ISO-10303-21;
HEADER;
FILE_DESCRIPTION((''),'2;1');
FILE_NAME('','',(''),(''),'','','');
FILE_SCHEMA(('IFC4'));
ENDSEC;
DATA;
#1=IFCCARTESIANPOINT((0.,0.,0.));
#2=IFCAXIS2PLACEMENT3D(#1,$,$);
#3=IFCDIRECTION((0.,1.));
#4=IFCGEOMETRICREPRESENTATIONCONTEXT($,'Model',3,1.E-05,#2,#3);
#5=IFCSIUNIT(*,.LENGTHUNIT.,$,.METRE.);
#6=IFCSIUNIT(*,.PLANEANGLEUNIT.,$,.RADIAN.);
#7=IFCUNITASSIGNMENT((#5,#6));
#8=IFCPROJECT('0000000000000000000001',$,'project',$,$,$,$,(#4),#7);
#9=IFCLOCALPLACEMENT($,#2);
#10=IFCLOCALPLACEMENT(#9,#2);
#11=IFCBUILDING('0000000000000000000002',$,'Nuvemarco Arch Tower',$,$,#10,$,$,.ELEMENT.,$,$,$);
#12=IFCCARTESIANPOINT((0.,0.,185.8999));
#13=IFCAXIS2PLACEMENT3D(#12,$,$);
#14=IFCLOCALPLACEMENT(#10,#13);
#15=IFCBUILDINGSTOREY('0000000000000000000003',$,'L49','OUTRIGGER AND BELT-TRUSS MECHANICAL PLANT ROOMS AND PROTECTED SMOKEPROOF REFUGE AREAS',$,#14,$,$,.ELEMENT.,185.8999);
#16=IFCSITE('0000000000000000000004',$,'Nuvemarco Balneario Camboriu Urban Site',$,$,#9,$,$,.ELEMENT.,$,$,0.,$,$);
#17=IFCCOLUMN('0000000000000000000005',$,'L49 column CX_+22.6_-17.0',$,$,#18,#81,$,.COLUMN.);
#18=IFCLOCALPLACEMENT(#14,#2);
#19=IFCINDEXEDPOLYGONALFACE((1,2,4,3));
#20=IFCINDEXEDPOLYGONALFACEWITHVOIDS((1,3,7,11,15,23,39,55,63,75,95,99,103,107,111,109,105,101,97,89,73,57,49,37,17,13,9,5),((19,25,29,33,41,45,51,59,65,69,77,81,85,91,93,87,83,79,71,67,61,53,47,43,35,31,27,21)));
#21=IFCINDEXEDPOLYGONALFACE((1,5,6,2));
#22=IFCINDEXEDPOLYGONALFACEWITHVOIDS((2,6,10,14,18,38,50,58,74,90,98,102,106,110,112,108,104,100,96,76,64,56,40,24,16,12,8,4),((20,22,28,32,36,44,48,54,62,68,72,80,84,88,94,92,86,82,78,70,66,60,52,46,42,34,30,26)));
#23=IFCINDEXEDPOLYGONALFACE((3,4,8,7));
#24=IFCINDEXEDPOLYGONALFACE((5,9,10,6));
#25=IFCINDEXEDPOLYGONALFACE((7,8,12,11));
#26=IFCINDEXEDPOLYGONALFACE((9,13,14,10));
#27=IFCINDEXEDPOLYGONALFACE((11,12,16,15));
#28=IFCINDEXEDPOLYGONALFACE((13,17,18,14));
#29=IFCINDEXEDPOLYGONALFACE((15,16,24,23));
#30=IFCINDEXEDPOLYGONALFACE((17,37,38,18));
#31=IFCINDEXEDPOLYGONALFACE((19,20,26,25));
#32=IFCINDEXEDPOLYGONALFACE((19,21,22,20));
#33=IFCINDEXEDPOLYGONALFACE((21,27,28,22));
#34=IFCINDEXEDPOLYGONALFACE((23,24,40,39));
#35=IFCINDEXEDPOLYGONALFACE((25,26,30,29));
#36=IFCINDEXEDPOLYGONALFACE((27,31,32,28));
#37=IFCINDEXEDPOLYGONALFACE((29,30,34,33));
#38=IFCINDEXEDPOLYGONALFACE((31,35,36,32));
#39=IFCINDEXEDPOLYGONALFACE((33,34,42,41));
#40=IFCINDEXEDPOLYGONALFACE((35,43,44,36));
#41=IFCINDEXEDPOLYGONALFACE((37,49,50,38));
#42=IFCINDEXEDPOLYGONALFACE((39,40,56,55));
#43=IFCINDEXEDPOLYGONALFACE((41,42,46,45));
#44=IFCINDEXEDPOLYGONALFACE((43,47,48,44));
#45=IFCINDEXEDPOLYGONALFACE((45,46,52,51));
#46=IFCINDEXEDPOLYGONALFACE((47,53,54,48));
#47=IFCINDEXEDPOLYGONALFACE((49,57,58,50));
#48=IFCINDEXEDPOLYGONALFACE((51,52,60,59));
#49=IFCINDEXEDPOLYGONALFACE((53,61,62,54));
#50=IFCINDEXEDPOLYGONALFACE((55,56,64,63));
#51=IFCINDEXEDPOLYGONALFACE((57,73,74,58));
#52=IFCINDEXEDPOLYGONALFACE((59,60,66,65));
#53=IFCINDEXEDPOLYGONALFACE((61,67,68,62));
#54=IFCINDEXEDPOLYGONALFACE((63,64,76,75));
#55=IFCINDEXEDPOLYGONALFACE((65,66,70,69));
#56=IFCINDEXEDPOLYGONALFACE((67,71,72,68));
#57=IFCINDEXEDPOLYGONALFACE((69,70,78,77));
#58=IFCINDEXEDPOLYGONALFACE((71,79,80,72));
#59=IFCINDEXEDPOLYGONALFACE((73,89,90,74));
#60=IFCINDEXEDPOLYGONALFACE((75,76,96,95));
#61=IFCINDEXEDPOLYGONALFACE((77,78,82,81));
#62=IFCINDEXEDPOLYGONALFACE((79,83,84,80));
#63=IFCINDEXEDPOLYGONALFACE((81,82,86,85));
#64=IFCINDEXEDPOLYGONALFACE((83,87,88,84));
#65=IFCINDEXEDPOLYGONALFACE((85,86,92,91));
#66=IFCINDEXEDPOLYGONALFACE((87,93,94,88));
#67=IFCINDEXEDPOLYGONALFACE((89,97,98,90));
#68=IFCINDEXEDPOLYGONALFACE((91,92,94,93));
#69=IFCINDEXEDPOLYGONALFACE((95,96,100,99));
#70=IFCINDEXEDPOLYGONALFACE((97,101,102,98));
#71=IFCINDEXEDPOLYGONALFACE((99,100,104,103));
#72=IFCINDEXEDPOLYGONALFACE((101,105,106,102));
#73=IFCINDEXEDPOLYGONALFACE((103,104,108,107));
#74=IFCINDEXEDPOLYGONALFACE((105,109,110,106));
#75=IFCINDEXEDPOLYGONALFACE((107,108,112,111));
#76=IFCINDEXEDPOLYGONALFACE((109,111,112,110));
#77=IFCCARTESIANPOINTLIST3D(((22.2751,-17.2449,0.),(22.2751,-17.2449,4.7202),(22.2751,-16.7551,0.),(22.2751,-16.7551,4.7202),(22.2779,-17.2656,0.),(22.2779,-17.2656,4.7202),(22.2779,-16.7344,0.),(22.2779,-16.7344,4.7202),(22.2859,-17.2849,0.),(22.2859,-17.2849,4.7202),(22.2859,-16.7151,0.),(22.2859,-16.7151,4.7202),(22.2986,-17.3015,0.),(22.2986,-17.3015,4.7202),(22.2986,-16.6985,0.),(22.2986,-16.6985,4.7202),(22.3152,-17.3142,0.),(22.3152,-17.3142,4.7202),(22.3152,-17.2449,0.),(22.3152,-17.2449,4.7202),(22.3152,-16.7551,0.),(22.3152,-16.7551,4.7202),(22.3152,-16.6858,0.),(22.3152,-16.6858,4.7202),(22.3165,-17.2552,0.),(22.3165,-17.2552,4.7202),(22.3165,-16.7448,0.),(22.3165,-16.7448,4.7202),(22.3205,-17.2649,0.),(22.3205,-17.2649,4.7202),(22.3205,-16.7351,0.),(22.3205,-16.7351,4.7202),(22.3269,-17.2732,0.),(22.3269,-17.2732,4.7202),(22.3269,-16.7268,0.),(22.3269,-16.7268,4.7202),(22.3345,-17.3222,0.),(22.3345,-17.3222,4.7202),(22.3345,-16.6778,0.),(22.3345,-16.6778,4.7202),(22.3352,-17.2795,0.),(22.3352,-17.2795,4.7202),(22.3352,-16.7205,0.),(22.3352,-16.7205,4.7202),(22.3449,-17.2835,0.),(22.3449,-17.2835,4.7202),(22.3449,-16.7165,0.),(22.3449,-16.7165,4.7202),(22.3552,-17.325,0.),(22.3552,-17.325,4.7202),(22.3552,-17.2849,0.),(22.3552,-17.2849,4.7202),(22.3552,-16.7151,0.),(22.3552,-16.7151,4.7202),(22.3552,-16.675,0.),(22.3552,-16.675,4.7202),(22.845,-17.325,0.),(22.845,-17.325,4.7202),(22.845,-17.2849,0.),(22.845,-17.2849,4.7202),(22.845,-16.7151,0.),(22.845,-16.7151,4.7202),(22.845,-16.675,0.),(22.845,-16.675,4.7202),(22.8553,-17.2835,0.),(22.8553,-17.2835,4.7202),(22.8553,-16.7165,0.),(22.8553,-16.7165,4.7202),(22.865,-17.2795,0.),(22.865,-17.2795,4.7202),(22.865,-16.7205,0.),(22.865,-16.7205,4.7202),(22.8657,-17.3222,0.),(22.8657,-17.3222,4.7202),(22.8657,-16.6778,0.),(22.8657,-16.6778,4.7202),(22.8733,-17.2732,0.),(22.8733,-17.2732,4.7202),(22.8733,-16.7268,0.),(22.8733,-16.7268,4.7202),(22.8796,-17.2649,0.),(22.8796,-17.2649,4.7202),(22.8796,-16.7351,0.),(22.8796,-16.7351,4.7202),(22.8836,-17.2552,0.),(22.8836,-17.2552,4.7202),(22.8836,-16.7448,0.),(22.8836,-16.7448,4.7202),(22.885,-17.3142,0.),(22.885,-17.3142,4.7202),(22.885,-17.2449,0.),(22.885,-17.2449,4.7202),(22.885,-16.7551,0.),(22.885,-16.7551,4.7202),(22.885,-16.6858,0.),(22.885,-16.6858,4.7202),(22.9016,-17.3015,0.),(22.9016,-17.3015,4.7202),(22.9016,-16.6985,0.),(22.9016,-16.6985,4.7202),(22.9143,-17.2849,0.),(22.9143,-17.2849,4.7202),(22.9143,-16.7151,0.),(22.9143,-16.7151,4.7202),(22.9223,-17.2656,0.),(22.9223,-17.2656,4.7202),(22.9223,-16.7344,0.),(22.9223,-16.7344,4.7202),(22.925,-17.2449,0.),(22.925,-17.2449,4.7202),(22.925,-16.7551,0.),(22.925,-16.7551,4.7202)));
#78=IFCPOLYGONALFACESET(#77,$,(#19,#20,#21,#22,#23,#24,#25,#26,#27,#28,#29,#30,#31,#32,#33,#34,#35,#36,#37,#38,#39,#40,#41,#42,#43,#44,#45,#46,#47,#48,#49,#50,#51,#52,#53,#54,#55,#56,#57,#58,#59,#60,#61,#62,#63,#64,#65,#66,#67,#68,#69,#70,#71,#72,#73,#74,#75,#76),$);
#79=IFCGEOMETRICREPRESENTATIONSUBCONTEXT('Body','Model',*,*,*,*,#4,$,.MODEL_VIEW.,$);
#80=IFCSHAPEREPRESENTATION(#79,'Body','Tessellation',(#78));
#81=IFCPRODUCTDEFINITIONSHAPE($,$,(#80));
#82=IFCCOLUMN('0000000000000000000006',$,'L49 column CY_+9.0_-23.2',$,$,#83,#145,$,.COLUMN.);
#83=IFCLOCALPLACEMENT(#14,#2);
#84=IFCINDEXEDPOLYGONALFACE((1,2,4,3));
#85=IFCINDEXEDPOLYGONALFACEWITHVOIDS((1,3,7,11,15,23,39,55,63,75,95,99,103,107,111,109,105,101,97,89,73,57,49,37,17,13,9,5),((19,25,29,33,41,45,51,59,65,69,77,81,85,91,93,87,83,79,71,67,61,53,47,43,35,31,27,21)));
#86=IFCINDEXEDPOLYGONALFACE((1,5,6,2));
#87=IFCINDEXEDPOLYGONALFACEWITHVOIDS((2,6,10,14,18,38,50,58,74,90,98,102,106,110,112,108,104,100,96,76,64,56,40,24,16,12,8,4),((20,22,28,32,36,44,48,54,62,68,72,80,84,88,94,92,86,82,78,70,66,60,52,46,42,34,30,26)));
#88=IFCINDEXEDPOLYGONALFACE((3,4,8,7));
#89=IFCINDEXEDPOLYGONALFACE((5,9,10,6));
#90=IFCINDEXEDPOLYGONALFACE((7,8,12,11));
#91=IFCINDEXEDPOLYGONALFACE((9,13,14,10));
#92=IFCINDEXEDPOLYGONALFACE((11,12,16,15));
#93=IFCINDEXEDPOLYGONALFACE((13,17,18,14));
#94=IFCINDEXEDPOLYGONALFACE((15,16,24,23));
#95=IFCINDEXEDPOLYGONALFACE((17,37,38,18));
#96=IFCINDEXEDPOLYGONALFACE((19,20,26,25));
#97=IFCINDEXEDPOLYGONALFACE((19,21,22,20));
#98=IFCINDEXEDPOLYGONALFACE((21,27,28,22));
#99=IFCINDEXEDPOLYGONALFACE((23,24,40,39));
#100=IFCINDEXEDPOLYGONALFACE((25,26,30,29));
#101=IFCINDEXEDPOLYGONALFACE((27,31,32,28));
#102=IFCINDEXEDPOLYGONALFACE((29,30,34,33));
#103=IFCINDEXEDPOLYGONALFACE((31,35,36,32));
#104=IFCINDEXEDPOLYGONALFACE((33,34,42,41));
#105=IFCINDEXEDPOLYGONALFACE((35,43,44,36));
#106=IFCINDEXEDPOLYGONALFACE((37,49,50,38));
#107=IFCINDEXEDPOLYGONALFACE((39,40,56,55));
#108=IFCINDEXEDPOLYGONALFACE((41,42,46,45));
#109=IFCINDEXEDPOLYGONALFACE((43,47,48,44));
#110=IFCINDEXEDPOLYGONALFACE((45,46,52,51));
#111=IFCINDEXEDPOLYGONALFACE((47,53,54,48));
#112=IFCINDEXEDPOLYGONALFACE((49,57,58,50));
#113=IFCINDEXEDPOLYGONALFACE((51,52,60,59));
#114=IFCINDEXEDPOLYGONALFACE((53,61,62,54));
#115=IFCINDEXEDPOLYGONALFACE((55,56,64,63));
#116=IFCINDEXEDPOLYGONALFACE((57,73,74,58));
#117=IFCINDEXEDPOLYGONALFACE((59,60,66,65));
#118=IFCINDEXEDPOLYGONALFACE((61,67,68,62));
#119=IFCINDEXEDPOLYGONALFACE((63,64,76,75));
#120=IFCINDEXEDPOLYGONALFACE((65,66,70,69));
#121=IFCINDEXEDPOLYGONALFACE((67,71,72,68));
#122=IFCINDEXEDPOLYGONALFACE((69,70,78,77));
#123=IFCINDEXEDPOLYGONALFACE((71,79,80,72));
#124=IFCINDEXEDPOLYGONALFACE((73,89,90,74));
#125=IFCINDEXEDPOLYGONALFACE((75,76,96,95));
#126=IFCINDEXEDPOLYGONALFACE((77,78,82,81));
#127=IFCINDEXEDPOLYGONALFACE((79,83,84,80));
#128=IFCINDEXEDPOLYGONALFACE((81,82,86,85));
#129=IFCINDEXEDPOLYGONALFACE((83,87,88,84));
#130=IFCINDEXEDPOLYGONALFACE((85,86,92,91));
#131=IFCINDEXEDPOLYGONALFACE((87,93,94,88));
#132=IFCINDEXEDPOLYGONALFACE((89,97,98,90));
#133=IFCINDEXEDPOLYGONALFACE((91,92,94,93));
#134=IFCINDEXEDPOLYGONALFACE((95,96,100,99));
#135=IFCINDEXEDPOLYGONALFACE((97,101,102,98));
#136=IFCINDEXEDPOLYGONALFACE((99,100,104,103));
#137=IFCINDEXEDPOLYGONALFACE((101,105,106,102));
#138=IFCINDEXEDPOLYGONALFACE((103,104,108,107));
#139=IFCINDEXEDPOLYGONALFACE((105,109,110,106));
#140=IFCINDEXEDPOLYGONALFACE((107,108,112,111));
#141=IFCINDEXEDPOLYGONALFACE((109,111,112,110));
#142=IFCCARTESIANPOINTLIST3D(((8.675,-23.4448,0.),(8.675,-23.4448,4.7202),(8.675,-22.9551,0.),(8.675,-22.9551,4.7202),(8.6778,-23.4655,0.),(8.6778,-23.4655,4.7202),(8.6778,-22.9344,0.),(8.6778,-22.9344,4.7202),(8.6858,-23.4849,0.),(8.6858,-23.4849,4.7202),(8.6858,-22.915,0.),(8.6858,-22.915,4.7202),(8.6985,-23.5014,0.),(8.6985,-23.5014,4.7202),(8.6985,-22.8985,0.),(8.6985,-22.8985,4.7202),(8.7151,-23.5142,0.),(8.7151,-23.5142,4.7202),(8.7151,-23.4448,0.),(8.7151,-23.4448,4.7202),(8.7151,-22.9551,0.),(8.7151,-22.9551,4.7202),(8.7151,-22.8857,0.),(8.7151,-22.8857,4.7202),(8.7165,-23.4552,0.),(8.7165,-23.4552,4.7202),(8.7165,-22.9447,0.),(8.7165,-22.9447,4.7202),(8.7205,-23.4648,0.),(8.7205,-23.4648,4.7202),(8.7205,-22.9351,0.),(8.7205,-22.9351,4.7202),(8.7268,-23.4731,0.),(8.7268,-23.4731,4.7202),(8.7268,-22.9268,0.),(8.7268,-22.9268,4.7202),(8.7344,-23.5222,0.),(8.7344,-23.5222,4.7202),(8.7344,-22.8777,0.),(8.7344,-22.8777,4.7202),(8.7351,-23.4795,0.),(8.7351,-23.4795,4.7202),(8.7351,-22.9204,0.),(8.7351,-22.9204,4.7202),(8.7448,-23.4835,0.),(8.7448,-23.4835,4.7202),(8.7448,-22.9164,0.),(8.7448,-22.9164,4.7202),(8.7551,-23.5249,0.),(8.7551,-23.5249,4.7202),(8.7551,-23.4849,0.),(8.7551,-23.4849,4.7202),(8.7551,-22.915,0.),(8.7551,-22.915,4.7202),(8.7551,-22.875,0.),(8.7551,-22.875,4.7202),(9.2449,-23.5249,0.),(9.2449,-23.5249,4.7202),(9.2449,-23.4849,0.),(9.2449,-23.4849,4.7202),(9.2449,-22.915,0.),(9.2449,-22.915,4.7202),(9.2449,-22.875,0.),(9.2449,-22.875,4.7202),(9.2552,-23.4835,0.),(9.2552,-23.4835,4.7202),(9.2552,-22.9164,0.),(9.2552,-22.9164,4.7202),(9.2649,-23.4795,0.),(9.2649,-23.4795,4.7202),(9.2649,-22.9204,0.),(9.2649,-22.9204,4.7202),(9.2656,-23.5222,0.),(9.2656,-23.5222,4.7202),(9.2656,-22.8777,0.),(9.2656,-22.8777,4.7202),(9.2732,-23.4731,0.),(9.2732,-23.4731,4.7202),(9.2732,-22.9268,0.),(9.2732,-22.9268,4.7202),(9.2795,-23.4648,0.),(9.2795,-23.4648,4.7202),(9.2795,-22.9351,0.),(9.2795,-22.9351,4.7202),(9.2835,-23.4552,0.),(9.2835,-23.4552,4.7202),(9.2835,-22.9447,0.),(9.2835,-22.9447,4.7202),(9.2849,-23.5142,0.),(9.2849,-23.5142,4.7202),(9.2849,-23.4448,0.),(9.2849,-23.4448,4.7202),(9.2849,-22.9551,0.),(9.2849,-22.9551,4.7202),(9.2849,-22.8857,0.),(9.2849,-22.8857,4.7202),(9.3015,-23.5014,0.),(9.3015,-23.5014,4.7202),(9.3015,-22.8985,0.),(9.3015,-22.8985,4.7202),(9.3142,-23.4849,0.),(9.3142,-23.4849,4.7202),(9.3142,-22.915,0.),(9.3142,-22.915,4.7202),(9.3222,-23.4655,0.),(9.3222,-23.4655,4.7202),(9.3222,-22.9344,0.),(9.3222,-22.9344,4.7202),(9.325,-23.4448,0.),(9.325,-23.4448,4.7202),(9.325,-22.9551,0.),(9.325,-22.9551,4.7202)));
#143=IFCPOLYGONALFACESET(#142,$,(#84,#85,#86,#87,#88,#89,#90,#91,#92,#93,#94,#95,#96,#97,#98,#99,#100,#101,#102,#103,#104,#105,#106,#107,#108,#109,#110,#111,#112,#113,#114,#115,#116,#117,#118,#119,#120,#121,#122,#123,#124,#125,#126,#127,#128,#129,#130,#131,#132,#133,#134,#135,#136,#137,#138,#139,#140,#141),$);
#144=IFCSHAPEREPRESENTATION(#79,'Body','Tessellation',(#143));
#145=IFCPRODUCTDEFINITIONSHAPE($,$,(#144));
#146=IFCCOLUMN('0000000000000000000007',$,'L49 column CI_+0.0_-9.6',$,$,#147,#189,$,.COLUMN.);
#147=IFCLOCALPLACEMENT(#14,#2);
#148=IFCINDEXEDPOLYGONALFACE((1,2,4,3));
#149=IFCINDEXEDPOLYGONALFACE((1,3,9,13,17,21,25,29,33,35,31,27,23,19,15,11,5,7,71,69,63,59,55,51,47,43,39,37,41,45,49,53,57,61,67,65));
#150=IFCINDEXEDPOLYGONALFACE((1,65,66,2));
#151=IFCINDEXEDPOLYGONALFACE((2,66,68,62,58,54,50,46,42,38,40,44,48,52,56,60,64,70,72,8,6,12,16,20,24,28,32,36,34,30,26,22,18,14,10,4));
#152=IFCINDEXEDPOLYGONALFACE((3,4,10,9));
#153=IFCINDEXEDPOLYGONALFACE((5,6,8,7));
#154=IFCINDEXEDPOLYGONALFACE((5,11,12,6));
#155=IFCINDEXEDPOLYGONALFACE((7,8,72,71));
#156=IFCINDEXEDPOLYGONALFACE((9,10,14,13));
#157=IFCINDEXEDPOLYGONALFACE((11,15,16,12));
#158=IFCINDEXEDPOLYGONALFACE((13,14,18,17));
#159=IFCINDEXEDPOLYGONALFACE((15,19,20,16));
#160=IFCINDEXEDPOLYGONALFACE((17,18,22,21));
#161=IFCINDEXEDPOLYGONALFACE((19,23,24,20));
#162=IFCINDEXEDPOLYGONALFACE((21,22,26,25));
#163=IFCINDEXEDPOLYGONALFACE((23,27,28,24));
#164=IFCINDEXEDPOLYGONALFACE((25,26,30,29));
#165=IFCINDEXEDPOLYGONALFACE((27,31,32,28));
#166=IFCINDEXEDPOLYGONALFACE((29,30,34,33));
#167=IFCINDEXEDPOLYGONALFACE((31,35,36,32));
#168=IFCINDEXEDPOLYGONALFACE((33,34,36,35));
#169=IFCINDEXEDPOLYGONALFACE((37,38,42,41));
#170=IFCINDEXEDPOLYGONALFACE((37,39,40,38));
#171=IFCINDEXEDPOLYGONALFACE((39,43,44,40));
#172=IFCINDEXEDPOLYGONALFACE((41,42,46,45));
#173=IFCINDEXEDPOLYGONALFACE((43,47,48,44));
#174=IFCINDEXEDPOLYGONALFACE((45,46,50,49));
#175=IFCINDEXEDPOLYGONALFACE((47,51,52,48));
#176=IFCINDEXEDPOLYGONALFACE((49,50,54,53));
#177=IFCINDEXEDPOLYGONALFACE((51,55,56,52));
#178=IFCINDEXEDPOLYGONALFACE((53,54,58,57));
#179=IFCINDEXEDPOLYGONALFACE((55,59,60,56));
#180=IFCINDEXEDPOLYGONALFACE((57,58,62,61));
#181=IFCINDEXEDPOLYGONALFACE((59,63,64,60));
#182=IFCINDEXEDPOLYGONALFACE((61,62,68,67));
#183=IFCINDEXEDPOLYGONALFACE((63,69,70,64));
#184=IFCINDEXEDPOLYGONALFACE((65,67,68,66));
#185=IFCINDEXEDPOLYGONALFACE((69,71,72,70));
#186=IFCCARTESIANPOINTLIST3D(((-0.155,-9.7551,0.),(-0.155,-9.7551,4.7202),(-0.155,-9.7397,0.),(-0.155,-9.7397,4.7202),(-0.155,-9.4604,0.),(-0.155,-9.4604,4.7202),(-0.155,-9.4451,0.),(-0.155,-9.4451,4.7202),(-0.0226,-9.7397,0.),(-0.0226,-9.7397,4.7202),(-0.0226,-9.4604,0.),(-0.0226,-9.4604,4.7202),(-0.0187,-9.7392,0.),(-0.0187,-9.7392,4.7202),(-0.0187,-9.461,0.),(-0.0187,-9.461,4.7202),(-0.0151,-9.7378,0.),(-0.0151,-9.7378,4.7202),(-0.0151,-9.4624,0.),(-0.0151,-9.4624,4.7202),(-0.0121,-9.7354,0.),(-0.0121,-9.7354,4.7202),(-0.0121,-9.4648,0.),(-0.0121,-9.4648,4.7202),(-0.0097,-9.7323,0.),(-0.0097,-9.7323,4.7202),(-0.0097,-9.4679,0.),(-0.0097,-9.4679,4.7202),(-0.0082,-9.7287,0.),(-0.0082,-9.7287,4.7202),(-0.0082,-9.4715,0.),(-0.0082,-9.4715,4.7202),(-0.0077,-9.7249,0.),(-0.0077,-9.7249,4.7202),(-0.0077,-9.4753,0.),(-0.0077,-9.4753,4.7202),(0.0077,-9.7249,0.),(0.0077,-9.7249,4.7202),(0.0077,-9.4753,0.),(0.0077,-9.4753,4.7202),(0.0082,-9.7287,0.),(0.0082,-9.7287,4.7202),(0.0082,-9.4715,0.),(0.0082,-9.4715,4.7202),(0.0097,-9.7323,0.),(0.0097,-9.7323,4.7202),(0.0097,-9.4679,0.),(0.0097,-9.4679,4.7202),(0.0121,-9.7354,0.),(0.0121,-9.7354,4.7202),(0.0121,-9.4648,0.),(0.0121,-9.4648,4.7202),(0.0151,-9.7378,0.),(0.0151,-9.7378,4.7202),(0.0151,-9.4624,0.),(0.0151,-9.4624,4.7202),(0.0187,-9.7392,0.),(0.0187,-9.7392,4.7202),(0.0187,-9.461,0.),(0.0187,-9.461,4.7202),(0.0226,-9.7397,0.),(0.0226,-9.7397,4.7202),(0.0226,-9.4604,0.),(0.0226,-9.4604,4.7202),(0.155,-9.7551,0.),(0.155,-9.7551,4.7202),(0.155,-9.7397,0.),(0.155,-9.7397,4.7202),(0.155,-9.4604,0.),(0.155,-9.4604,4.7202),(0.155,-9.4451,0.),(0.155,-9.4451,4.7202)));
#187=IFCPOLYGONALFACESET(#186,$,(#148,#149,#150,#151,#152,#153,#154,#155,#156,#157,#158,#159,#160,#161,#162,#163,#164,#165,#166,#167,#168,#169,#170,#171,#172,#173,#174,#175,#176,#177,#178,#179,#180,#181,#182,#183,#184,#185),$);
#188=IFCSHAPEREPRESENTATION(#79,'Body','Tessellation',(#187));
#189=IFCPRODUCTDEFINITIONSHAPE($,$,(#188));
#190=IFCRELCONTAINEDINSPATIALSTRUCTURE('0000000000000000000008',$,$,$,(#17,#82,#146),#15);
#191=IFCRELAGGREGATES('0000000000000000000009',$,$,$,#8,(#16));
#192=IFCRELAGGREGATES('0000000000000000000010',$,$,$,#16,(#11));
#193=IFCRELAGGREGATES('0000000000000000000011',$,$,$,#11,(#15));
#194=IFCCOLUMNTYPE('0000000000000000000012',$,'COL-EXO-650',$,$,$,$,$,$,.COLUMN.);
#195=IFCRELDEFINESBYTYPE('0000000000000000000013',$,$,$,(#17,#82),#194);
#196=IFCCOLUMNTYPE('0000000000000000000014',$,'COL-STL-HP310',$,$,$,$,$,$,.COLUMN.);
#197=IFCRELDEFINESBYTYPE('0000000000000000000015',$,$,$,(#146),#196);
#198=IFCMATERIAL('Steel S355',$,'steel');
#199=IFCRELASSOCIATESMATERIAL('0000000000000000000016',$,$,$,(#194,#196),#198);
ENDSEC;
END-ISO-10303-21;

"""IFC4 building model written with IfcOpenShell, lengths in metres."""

from ifc_helpers import new_model, si_unit, direction, frame, origin, origin_2d, place, context, subcontext, project, spatial, hollow_rectangle, i_section, extrude, material, material_profile, profile_set, type_object, element, save


model = new_model("IFC4")

# Units and contexts
model_context = context("Model", 3, precision=1e-05, world=origin(), true_north=direction((0.0, 1.0)))
body_context = subcontext(model_context, "Body", "Model", "MODEL_VIEW")
ifc_project = project(units=[si_unit("LENGTHUNIT", "METRE"), si_unit("PLANEANGLEUNIT", "RADIAN")], contexts=[model_context])

# Site, building, storey
site_placement = place(None, origin())
site = spatial("IfcSite", under=ifc_project, at=site_placement, Name="Nuvemarco Balneario Camboriu Urban Site", CompositionType="ELEMENT", RefElevation=0.0)
building_placement = place(site_placement, origin())
building = spatial("IfcBuilding", under=site, at=building_placement, Name="Nuvemarco Arch Tower", CompositionType="ELEMENT")
storey_placement = place(building_placement, frame((0.0, 0.0, 185.8999)))
storey = spatial("IfcBuildingStorey", under=building, at=storey_placement, Name="L49", Description="OUTRIGGER AND BELT-TRUSS MECHANICAL PLANT ROOMS AND PROTECTED SMOKEPROOF REFUGE AREAS", CompositionType="ELEMENT", Elevation=185.8999)

# Columns
ifc_material_1 = material(Name="Steel S355", Category="steel")
ifc_material_profile_1 = material_profile(ifc_material_1, hollow_rectangle(XDim=0.6499, YDim=0.6499, WallThickness=0.04, InnerFilletRadius=0.04, OuterFilletRadius=0.0801, at=origin_2d()), Name="SHS650x650x40")
ifc_profile_set_1 = profile_set([ifc_material_profile_1], Name="Steel S355")
column_type_1 = type_object("IfcColumnType", Name="COL-EXO-650", PredefinedType="COLUMN", material=ifc_profile_set_1)
for number, where, z_axis, x_axis, name in (
    (1, (22.6001, -17.0, 0.0), (0.0, 0.0, 1.0), (1.0, 0.0, 0.0), "L49 column CX_+22.6_-17.0"),
    (2, (9.0, -23.2, 0.0), (0.0, 0.0, 1.0), (1.0, 0.0, 0.0), "L49 column CY_+9.0_-23.2"),
):
    element("IfcColumn", number, at=place(storey_placement, frame(where, z_axis=z_axis, x_axis=x_axis)), inside=storey, type_object=column_type_1, Name=name, PredefinedType="COLUMN", context=body_context, shape_type="SweptSolid", body=[
        extrude(hollow_rectangle(XDim=0.6499, YDim=0.6499, WallThickness=0.04, InnerFilletRadius=0.04, OuterFilletRadius=0.0801, at=origin_2d()), origin(), (0.0, 0.0, 1.0), 4.7202),
    ])
ifc_material_profile_2 = material_profile(ifc_material_1, i_section(OverallWidth=0.3101, OverallDepth=0.3101, WebThickness=0.0154, FlangeThickness=0.0154, FilletRadius=0.0149, at=origin_2d()), Name="HP310x110")
ifc_profile_set_2 = profile_set([ifc_material_profile_2], Name="Steel S355")
column_type_2 = type_object("IfcColumnType", Name="COL-STL-HP310", PredefinedType="COLUMN", material=ifc_profile_set_2)
for number, where, z_axis, x_axis, name in (
    (3, (0.0, -9.6001, 0.0), (0.0, 0.0, 1.0), (1.0, 0.0, 0.0), "L49 column CI_+0.0_-9.6"),
):
    element("IfcColumn", number, at=place(storey_placement, frame(where, z_axis=z_axis, x_axis=x_axis)), inside=storey, type_object=column_type_2, Name=name, PredefinedType="COLUMN", context=body_context, shape_type="SweptSolid", body=[
        extrude(i_section(OverallWidth=0.3101, OverallDepth=0.3101, WebThickness=0.0154, FlangeThickness=0.0154, FilletRadius=0.0149, at=origin_2d()), origin(), (0.0, 0.0, 1.0), 4.7202),
    ])

save(model, "model.ifc")
